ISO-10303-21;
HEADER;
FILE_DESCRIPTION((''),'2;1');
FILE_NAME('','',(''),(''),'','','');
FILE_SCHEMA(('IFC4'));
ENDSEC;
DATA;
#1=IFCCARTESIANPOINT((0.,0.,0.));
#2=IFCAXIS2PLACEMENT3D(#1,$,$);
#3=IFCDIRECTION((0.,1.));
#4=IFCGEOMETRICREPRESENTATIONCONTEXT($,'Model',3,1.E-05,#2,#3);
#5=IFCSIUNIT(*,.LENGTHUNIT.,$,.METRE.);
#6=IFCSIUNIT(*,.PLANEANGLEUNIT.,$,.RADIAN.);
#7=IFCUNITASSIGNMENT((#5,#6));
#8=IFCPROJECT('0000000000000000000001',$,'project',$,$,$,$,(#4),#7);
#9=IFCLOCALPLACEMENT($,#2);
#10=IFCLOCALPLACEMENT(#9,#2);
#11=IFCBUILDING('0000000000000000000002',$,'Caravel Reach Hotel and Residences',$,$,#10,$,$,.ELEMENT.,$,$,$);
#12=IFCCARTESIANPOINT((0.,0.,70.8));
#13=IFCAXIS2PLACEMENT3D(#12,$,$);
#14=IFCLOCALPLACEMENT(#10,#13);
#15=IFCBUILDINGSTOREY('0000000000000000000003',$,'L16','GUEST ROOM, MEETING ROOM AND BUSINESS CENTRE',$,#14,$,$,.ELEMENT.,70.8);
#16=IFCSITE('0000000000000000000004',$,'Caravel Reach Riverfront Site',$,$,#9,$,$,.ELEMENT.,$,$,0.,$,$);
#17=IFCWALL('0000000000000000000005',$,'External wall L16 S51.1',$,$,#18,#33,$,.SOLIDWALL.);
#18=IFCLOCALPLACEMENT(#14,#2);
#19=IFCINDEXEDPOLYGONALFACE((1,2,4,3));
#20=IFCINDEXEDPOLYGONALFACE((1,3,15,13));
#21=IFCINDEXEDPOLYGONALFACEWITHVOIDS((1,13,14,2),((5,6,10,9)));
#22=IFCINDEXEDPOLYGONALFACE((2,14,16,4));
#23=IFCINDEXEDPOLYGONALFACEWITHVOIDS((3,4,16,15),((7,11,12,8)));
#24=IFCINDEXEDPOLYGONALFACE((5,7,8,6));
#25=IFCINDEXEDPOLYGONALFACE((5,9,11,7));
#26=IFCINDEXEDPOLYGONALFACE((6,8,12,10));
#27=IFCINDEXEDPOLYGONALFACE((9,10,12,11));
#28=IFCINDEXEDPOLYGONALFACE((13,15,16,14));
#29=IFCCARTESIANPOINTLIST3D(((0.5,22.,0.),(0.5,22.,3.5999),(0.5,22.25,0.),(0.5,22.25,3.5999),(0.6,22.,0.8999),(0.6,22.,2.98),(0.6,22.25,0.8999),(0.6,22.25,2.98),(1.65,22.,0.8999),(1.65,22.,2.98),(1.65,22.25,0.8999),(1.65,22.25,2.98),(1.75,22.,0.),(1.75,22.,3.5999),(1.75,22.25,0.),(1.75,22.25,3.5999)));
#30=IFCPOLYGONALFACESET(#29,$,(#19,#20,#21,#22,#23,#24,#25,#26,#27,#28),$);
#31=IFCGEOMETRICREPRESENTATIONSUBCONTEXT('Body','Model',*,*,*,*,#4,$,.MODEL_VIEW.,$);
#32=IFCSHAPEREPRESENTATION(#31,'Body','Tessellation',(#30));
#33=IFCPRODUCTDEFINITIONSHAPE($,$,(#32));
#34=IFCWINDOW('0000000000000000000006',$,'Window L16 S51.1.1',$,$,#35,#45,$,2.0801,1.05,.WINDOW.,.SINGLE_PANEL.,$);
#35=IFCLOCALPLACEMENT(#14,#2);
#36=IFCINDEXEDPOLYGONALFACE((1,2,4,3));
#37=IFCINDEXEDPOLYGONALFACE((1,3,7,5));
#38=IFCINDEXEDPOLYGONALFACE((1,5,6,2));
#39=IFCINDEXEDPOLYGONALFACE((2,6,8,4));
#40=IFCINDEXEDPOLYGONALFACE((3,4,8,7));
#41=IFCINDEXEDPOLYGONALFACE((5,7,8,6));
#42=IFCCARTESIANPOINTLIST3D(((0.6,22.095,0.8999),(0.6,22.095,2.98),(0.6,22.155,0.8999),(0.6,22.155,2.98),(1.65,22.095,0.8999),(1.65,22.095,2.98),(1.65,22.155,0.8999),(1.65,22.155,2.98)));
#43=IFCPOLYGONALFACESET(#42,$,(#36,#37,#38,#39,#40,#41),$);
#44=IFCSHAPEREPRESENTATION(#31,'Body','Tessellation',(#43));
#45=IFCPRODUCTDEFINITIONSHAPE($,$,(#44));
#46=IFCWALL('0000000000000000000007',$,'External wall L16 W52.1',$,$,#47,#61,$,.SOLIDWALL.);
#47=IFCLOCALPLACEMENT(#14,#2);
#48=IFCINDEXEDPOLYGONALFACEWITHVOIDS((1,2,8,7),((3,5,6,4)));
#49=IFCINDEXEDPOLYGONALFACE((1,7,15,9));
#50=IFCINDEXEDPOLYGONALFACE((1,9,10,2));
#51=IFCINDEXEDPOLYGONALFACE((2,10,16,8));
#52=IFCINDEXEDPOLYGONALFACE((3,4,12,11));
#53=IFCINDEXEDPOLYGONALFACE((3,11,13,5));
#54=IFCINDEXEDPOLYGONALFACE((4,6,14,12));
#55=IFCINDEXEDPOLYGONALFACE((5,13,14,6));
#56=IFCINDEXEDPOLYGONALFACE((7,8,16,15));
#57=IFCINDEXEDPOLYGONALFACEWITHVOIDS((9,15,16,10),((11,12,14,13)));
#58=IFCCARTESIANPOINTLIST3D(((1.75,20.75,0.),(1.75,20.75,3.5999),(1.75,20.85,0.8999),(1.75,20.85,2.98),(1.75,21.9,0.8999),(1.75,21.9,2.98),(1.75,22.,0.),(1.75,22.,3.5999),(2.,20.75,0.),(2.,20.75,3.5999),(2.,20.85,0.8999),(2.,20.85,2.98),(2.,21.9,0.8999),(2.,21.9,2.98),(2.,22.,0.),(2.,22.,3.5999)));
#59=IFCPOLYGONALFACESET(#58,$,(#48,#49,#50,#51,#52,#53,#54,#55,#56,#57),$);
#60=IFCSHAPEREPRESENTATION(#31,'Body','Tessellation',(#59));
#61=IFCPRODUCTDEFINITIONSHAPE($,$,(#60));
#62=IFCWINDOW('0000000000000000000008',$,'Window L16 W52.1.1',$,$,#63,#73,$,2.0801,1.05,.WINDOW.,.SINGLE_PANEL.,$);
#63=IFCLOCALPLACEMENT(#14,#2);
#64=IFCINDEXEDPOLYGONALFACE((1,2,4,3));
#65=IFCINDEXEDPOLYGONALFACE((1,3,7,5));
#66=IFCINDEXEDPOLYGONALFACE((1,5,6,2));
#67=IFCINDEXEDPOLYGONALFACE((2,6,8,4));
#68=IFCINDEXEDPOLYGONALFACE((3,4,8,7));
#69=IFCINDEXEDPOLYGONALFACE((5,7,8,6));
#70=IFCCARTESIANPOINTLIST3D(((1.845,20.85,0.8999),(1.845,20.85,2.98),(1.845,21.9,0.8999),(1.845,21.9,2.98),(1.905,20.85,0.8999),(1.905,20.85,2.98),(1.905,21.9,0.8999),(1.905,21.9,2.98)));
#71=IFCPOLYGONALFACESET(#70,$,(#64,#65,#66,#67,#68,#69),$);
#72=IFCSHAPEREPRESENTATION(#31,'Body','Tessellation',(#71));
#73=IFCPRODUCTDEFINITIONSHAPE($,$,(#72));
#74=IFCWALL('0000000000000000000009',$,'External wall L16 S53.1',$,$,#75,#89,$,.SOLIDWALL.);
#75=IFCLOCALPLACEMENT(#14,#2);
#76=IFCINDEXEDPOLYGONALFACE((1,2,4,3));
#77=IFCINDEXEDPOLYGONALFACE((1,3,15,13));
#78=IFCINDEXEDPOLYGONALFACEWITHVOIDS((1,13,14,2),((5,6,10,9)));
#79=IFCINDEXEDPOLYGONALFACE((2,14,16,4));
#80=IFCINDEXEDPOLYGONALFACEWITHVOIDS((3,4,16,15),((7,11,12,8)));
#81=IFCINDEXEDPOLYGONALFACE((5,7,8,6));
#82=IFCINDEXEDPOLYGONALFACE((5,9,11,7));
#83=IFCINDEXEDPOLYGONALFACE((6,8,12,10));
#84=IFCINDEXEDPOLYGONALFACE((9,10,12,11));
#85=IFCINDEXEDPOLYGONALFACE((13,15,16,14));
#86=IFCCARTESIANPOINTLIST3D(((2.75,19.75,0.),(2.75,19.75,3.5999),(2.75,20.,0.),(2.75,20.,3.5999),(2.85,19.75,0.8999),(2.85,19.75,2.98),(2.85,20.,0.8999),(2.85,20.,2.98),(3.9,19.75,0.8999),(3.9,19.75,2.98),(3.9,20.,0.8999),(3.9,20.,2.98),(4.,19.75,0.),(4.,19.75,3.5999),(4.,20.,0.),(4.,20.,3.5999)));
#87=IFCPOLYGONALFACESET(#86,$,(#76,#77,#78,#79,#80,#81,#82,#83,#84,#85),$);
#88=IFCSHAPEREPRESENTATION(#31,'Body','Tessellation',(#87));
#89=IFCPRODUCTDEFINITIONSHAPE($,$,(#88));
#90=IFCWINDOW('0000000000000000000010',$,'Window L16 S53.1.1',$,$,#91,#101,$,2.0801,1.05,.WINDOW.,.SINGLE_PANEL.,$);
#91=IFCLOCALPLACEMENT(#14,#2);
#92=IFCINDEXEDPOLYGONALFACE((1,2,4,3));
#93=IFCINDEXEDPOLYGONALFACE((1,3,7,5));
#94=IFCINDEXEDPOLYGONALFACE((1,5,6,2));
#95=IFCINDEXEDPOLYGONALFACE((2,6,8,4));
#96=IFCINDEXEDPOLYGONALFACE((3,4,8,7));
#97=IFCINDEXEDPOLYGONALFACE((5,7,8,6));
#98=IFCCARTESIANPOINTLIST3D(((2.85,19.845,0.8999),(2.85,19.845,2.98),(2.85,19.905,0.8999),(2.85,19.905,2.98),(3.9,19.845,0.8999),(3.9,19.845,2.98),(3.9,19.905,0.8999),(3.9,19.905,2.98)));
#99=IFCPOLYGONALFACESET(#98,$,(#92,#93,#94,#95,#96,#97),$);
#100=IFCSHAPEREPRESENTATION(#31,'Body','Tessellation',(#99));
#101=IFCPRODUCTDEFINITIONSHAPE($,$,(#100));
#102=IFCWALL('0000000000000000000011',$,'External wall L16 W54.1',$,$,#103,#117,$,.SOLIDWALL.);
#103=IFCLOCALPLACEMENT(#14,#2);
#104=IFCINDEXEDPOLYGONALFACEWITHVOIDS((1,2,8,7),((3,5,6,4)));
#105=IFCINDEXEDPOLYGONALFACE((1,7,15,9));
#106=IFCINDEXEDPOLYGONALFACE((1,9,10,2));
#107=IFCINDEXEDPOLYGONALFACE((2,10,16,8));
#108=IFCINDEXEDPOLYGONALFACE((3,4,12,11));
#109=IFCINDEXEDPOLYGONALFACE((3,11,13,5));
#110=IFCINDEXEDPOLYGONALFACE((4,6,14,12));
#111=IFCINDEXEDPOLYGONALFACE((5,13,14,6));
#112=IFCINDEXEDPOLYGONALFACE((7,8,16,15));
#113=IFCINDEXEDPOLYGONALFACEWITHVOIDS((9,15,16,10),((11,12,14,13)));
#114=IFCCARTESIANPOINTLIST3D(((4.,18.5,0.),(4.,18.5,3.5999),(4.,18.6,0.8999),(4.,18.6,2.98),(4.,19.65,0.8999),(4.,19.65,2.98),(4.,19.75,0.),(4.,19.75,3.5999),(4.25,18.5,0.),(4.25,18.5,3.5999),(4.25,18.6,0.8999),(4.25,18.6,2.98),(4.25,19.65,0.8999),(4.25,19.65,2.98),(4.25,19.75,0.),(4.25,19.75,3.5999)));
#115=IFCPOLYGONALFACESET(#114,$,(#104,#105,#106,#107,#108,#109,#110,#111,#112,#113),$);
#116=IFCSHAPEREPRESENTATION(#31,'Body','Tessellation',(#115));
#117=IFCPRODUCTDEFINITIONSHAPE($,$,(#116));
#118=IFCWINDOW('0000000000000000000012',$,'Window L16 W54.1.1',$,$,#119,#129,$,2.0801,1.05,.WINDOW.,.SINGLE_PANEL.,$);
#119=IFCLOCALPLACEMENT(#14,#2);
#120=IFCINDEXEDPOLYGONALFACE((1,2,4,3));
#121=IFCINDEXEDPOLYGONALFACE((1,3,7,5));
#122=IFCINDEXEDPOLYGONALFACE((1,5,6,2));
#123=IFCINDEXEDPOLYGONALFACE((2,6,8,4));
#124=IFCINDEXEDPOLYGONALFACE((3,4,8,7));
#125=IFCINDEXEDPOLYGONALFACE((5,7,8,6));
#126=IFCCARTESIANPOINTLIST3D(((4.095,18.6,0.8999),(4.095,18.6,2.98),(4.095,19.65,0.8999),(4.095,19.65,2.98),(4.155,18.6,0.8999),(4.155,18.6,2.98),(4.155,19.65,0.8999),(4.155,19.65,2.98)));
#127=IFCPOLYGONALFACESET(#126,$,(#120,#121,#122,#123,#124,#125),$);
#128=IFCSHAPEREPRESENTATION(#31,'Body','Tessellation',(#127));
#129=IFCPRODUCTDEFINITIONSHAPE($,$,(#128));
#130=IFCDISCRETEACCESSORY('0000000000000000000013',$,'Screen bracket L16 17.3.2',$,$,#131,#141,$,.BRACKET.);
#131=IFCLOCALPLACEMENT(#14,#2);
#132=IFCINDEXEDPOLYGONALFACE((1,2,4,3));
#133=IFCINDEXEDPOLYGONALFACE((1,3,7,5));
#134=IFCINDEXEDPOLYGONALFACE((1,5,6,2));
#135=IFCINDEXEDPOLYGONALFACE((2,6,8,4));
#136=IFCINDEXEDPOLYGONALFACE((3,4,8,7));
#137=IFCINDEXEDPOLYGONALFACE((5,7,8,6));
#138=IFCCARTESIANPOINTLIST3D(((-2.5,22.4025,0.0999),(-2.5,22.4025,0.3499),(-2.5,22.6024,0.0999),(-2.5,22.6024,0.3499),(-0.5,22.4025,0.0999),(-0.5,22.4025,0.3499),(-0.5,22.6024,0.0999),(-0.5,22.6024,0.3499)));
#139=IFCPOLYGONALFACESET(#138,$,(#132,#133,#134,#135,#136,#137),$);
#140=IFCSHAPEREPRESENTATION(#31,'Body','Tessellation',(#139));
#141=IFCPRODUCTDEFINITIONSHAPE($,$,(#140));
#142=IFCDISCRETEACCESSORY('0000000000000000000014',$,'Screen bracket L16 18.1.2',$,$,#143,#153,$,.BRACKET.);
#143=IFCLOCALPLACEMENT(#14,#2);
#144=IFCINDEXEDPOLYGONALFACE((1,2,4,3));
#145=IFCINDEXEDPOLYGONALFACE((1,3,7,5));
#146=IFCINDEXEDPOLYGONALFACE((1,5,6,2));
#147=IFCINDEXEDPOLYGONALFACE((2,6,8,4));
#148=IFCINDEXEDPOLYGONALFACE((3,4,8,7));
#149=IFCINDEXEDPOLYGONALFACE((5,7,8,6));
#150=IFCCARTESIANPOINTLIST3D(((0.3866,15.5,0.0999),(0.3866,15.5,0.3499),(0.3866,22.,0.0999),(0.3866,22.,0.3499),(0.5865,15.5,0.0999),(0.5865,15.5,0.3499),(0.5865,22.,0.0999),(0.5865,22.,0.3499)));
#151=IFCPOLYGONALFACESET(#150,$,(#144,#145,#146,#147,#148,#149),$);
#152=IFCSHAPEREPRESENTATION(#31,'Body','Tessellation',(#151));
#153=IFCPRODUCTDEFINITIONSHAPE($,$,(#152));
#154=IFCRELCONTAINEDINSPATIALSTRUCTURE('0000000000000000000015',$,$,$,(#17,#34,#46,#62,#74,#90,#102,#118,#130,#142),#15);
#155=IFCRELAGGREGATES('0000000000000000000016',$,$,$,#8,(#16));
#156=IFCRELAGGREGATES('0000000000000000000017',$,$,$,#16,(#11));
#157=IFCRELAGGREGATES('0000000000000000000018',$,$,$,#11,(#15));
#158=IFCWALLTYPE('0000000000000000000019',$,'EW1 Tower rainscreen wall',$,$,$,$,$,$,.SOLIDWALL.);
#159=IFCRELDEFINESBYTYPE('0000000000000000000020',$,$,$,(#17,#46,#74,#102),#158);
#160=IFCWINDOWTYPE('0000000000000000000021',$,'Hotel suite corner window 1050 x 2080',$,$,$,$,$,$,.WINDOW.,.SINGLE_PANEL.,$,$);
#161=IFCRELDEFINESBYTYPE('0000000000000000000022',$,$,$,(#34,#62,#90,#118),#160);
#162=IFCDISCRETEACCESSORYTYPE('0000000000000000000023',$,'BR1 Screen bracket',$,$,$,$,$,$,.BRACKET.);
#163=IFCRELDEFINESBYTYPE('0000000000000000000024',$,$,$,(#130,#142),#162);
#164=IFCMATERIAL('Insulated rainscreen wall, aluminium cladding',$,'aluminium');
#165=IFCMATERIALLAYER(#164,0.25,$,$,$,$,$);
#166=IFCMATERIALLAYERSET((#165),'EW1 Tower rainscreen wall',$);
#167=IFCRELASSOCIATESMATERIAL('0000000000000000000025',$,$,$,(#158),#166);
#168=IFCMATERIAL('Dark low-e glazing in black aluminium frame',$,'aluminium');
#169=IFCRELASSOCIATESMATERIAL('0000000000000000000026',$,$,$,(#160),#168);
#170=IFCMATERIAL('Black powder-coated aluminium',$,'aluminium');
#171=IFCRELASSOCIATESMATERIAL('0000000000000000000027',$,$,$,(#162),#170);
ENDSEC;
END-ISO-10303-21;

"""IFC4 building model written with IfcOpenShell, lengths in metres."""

from ifc_helpers import new_model, si_unit, direction, frame, frame_2d, origin, origin_2d, place, context, subcontext, project, spatial, rectangle, extrude, material, layer, layer_set, type_object, element, fill, save


model = new_model("IFC4")

# Units and contexts
model_context = context("Model", 3, precision=1e-05, world=origin(), true_north=direction((0.0, 1.0)))
body_context = subcontext(model_context, "Body", "Model", "MODEL_VIEW")
ifc_project = project(units=[si_unit("LENGTHUNIT", "METRE"), si_unit("PLANEANGLEUNIT", "RADIAN")], contexts=[model_context])

# Site, building, storey
site_placement = place(None, origin())
site = spatial("IfcSite", under=ifc_project, at=site_placement, Name="Caravel Reach Riverfront Site", CompositionType="ELEMENT", RefElevation=0.0)
building_placement = place(site_placement, origin())
building = spatial("IfcBuilding", under=site, at=building_placement, Name="Caravel Reach Hotel and Residences", CompositionType="ELEMENT")
storey_placement = place(building_placement, frame((0.0, 0.0, 70.8)))
storey = spatial("IfcBuildingStorey", under=building, at=storey_placement, Name="L16", Description="GUEST ROOM, MEETING ROOM AND BUSINESS CENTRE", CompositionType="ELEMENT", Elevation=70.8)

# Walls, openings, windows
ifc_material_1 = material(Name="Insulated rainscreen wall, aluminium cladding", Category="aluminium")
ifc_layer = layer(ifc_material_1, 0.25)
ifc_layer_set = layer_set([ifc_layer], Name="EW1 Tower rainscreen wall")
wall_type = type_object("IfcWallType", Name="EW1 Tower rainscreen wall", PredefinedType="SOLIDWALL", material=ifc_layer_set)
wall_1_placement = place(storey_placement, frame((0.5, 22.125, 0.0), z_axis=(0.0, 0.0, 1.0), x_axis=(1.0, 0.0, 0.0)))
wall_1 = element("IfcWall", 1, at=wall_1_placement, inside=storey, type_object=wall_type, Name="External wall L16 S51.1", PredefinedType="SOLIDWALL", context=body_context, shape_type="SweptSolid", body=[
    extrude(rectangle(XDim=1.25, YDim=0.25, at=frame_2d((0.625, 0.0))), origin(), (0.0, 0.0, 1.0), 3.5999),
])
opening_1_placement = place(wall_1_placement, frame((0.1001, 0.0, 0.8999)))
opening_1 = element("IfcOpeningElement", 2, at=opening_1_placement, cuts=wall_1, PredefinedType="OPENING", context=body_context, shape_type="SweptSolid", body=[
    extrude(rectangle(XDim=1.05, YDim=2.0801, at=frame_2d((0.5249, 1.04))), frame((0.0, 0.135, 0.0), z_axis=(0.0, -1.0, 0.0), x_axis=(1.0, 0.0, 0.0)), (0.0, 0.0, 1.0), 0.27),
])
ifc_material_2 = material(Name="Dark low-e glazing in black aluminium frame", Category="aluminium")
window_type = type_object("IfcWindowType", Name="Hotel suite corner window 1050 x 2080", PartitioningType="SINGLE_PANEL", PredefinedType="WINDOW", material=ifc_material_2)
window_1_placement = place(opening_1_placement, origin())
window_1 = element("IfcWindow", 3, at=window_1_placement, inside=storey, type_object=window_type, Name="Window L16 S51.1.1", OverallHeight=2.0801, OverallWidth=1.05, PartitioningType="SINGLE_PANEL", PredefinedType="WINDOW", context=body_context, shape_type="SweptSolid", body=[
    extrude(rectangle(XDim=1.05, YDim=2.0801, at=frame_2d((0.5249, 1.04))), frame((0.0, 0.03, 0.0), z_axis=(0.0, -1.0, 0.0), x_axis=(1.0, 0.0, 0.0)), (0.0, 0.0, 1.0), 0.0601),
])
fill(opening_1, window_1)
wall_2_placement = place(storey_placement, frame((1.875, 22.0, 0.0), z_axis=(0.0, 0.0, 1.0), x_axis=(0.0, -1.0, 0.0)))
wall_2 = element("IfcWall", 4, at=wall_2_placement, inside=storey, type_object=wall_type, Name="External wall L16 W52.1", PredefinedType="SOLIDWALL", context=body_context, shape_type="SweptSolid", body=[
    extrude(rectangle(XDim=1.25, YDim=0.25, at=frame_2d((0.625, 0.0))), origin(), (0.0, 0.0, 1.0), 3.5999),
])
opening_2_placement = place(wall_2_placement, frame((0.1001, 0.0, 0.8999)))
opening_2 = element("IfcOpeningElement", 5, at=opening_2_placement, cuts=wall_2, PredefinedType="OPENING", context=body_context, shape_type="SweptSolid", body=[
    extrude(rectangle(XDim=1.05, YDim=2.0801, at=frame_2d((0.5249, 1.04))), frame((0.0, 0.135, 0.0), z_axis=(0.0, -1.0, 0.0), x_axis=(1.0, 0.0, 0.0)), (0.0, 0.0, 1.0), 0.27),
])
window_2_placement = place(opening_2_placement, origin())
window_2 = element("IfcWindow", 6, at=window_2_placement, inside=storey, type_object=window_type, Name="Window L16 W52.1.1", OverallHeight=2.0801, OverallWidth=1.05, PartitioningType="SINGLE_PANEL", PredefinedType="WINDOW", context=body_context, shape_type="SweptSolid", body=[
    extrude(rectangle(XDim=1.05, YDim=2.0801, at=frame_2d((0.5249, 1.04))), frame((0.0, 0.03, 0.0), z_axis=(0.0, -1.0, 0.0), x_axis=(1.0, 0.0, 0.0)), (0.0, 0.0, 1.0), 0.0601),
])
fill(opening_2, window_2)
wall_3_placement = place(storey_placement, frame((2.75, 19.875, 0.0), z_axis=(0.0, 0.0, 1.0), x_axis=(1.0, 0.0, 0.0)))
wall_3 = element("IfcWall", 7, at=wall_3_placement, inside=storey, type_object=wall_type, Name="External wall L16 S53.1", PredefinedType="SOLIDWALL", context=body_context, shape_type="SweptSolid", body=[
    extrude(rectangle(XDim=1.25, YDim=0.25, at=frame_2d((0.625, 0.0))), origin(), (0.0, 0.0, 1.0), 3.5999),
])
opening_3_placement = place(wall_3_placement, frame((0.1001, 0.0, 0.8999)))
opening_3 = element("IfcOpeningElement", 8, at=opening_3_placement, cuts=wall_3, PredefinedType="OPENING", context=body_context, shape_type="SweptSolid", body=[
    extrude(rectangle(XDim=1.05, YDim=2.0801, at=frame_2d((0.5249, 1.04))), frame((0.0, 0.135, 0.0), z_axis=(0.0, -1.0, 0.0), x_axis=(1.0, 0.0, 0.0)), (0.0, 0.0, 1.0), 0.27),
])
window_3_placement = place(opening_3_placement, origin())
window_3 = element("IfcWindow", 9, at=window_3_placement, inside=storey, type_object=window_type, Name="Window L16 S53.1.1", OverallHeight=2.0801, OverallWidth=1.05, PartitioningType="SINGLE_PANEL", PredefinedType="WINDOW", context=body_context, shape_type="SweptSolid", body=[
    extrude(rectangle(XDim=1.05, YDim=2.0801, at=frame_2d((0.5249, 1.04))), frame((0.0, 0.03, 0.0), z_axis=(0.0, -1.0, 0.0), x_axis=(1.0, 0.0, 0.0)), (0.0, 0.0, 1.0), 0.0601),
])
fill(opening_3, window_3)
wall_4_placement = place(storey_placement, frame((4.125, 19.75, 0.0), z_axis=(0.0, 0.0, 1.0), x_axis=(0.0, -1.0, 0.0)))
wall_4 = element("IfcWall", 10, at=wall_4_placement, inside=storey, type_object=wall_type, Name="External wall L16 W54.1", PredefinedType="SOLIDWALL", context=body_context, shape_type="SweptSolid", body=[
    extrude(rectangle(XDim=1.25, YDim=0.25, at=frame_2d((0.625, 0.0))), origin(), (0.0, 0.0, 1.0), 3.5999),
])
opening_4_placement = place(wall_4_placement, frame((0.1001, 0.0, 0.8999)))
opening_4 = element("IfcOpeningElement", 11, at=opening_4_placement, cuts=wall_4, PredefinedType="OPENING", context=body_context, shape_type="SweptSolid", body=[
    extrude(rectangle(XDim=1.05, YDim=2.0801, at=frame_2d((0.5249, 1.04))), frame((0.0, 0.135, 0.0), z_axis=(0.0, -1.0, 0.0), x_axis=(1.0, 0.0, 0.0)), (0.0, 0.0, 1.0), 0.27),
])
window_4_placement = place(opening_4_placement, origin())
window_4 = element("IfcWindow", 12, at=window_4_placement, inside=storey, type_object=window_type, Name="Window L16 W54.1.1", OverallHeight=2.0801, OverallWidth=1.05, PartitioningType="SINGLE_PANEL", PredefinedType="WINDOW", context=body_context, shape_type="SweptSolid", body=[
    extrude(rectangle(XDim=1.05, YDim=2.0801, at=frame_2d((0.5249, 1.04))), frame((0.0, 0.03, 0.0), z_axis=(0.0, -1.0, 0.0), x_axis=(1.0, 0.0, 0.0)), (0.0, 0.0, 1.0), 0.0601),
])
fill(opening_4, window_4)

# Discrete accessories
ifc_material_3 = material(Name="Black powder-coated aluminium", Category="aluminium")
discrete_accessory_type = type_object("IfcDiscreteAccessoryType", Name="BR1 Screen bracket", PredefinedType="BRACKET", material=ifc_material_3)
discrete_accessory_1_placement = place(storey_placement, frame((-1.5, 22.5024, 0.0999), z_axis=(0.0, 0.0, 1.0), x_axis=(-1.0, 0.0, 0.0)))
element("IfcDiscreteAccessory", 13, at=discrete_accessory_1_placement, inside=storey, type_object=discrete_accessory_type, Name="Screen bracket L16 17.3.2", PredefinedType="BRACKET", context=body_context, shape_type="SweptSolid", body=[
    extrude(rectangle(XDim=2.0, YDim=0.2, at=origin_2d()), origin(), (0.0, 0.0, 1.0), 0.25),
])
discrete_accessory_2_placement = place(storey_placement, frame((0.4866, 18.75, 0.0999), z_axis=(0.0, 0.0, 1.0), x_axis=(0.0, -1.0, 0.0)))
element("IfcDiscreteAccessory", 14, at=discrete_accessory_2_placement, inside=storey, type_object=discrete_accessory_type, Name="Screen bracket L16 18.1.2", PredefinedType="BRACKET", context=body_context, shape_type="SweptSolid", body=[
    extrude(rectangle(XDim=6.5, YDim=0.2, at=origin_2d()), origin(), (0.0, 0.0, 1.0), 0.25),
])

save(model, "model.ifc")
